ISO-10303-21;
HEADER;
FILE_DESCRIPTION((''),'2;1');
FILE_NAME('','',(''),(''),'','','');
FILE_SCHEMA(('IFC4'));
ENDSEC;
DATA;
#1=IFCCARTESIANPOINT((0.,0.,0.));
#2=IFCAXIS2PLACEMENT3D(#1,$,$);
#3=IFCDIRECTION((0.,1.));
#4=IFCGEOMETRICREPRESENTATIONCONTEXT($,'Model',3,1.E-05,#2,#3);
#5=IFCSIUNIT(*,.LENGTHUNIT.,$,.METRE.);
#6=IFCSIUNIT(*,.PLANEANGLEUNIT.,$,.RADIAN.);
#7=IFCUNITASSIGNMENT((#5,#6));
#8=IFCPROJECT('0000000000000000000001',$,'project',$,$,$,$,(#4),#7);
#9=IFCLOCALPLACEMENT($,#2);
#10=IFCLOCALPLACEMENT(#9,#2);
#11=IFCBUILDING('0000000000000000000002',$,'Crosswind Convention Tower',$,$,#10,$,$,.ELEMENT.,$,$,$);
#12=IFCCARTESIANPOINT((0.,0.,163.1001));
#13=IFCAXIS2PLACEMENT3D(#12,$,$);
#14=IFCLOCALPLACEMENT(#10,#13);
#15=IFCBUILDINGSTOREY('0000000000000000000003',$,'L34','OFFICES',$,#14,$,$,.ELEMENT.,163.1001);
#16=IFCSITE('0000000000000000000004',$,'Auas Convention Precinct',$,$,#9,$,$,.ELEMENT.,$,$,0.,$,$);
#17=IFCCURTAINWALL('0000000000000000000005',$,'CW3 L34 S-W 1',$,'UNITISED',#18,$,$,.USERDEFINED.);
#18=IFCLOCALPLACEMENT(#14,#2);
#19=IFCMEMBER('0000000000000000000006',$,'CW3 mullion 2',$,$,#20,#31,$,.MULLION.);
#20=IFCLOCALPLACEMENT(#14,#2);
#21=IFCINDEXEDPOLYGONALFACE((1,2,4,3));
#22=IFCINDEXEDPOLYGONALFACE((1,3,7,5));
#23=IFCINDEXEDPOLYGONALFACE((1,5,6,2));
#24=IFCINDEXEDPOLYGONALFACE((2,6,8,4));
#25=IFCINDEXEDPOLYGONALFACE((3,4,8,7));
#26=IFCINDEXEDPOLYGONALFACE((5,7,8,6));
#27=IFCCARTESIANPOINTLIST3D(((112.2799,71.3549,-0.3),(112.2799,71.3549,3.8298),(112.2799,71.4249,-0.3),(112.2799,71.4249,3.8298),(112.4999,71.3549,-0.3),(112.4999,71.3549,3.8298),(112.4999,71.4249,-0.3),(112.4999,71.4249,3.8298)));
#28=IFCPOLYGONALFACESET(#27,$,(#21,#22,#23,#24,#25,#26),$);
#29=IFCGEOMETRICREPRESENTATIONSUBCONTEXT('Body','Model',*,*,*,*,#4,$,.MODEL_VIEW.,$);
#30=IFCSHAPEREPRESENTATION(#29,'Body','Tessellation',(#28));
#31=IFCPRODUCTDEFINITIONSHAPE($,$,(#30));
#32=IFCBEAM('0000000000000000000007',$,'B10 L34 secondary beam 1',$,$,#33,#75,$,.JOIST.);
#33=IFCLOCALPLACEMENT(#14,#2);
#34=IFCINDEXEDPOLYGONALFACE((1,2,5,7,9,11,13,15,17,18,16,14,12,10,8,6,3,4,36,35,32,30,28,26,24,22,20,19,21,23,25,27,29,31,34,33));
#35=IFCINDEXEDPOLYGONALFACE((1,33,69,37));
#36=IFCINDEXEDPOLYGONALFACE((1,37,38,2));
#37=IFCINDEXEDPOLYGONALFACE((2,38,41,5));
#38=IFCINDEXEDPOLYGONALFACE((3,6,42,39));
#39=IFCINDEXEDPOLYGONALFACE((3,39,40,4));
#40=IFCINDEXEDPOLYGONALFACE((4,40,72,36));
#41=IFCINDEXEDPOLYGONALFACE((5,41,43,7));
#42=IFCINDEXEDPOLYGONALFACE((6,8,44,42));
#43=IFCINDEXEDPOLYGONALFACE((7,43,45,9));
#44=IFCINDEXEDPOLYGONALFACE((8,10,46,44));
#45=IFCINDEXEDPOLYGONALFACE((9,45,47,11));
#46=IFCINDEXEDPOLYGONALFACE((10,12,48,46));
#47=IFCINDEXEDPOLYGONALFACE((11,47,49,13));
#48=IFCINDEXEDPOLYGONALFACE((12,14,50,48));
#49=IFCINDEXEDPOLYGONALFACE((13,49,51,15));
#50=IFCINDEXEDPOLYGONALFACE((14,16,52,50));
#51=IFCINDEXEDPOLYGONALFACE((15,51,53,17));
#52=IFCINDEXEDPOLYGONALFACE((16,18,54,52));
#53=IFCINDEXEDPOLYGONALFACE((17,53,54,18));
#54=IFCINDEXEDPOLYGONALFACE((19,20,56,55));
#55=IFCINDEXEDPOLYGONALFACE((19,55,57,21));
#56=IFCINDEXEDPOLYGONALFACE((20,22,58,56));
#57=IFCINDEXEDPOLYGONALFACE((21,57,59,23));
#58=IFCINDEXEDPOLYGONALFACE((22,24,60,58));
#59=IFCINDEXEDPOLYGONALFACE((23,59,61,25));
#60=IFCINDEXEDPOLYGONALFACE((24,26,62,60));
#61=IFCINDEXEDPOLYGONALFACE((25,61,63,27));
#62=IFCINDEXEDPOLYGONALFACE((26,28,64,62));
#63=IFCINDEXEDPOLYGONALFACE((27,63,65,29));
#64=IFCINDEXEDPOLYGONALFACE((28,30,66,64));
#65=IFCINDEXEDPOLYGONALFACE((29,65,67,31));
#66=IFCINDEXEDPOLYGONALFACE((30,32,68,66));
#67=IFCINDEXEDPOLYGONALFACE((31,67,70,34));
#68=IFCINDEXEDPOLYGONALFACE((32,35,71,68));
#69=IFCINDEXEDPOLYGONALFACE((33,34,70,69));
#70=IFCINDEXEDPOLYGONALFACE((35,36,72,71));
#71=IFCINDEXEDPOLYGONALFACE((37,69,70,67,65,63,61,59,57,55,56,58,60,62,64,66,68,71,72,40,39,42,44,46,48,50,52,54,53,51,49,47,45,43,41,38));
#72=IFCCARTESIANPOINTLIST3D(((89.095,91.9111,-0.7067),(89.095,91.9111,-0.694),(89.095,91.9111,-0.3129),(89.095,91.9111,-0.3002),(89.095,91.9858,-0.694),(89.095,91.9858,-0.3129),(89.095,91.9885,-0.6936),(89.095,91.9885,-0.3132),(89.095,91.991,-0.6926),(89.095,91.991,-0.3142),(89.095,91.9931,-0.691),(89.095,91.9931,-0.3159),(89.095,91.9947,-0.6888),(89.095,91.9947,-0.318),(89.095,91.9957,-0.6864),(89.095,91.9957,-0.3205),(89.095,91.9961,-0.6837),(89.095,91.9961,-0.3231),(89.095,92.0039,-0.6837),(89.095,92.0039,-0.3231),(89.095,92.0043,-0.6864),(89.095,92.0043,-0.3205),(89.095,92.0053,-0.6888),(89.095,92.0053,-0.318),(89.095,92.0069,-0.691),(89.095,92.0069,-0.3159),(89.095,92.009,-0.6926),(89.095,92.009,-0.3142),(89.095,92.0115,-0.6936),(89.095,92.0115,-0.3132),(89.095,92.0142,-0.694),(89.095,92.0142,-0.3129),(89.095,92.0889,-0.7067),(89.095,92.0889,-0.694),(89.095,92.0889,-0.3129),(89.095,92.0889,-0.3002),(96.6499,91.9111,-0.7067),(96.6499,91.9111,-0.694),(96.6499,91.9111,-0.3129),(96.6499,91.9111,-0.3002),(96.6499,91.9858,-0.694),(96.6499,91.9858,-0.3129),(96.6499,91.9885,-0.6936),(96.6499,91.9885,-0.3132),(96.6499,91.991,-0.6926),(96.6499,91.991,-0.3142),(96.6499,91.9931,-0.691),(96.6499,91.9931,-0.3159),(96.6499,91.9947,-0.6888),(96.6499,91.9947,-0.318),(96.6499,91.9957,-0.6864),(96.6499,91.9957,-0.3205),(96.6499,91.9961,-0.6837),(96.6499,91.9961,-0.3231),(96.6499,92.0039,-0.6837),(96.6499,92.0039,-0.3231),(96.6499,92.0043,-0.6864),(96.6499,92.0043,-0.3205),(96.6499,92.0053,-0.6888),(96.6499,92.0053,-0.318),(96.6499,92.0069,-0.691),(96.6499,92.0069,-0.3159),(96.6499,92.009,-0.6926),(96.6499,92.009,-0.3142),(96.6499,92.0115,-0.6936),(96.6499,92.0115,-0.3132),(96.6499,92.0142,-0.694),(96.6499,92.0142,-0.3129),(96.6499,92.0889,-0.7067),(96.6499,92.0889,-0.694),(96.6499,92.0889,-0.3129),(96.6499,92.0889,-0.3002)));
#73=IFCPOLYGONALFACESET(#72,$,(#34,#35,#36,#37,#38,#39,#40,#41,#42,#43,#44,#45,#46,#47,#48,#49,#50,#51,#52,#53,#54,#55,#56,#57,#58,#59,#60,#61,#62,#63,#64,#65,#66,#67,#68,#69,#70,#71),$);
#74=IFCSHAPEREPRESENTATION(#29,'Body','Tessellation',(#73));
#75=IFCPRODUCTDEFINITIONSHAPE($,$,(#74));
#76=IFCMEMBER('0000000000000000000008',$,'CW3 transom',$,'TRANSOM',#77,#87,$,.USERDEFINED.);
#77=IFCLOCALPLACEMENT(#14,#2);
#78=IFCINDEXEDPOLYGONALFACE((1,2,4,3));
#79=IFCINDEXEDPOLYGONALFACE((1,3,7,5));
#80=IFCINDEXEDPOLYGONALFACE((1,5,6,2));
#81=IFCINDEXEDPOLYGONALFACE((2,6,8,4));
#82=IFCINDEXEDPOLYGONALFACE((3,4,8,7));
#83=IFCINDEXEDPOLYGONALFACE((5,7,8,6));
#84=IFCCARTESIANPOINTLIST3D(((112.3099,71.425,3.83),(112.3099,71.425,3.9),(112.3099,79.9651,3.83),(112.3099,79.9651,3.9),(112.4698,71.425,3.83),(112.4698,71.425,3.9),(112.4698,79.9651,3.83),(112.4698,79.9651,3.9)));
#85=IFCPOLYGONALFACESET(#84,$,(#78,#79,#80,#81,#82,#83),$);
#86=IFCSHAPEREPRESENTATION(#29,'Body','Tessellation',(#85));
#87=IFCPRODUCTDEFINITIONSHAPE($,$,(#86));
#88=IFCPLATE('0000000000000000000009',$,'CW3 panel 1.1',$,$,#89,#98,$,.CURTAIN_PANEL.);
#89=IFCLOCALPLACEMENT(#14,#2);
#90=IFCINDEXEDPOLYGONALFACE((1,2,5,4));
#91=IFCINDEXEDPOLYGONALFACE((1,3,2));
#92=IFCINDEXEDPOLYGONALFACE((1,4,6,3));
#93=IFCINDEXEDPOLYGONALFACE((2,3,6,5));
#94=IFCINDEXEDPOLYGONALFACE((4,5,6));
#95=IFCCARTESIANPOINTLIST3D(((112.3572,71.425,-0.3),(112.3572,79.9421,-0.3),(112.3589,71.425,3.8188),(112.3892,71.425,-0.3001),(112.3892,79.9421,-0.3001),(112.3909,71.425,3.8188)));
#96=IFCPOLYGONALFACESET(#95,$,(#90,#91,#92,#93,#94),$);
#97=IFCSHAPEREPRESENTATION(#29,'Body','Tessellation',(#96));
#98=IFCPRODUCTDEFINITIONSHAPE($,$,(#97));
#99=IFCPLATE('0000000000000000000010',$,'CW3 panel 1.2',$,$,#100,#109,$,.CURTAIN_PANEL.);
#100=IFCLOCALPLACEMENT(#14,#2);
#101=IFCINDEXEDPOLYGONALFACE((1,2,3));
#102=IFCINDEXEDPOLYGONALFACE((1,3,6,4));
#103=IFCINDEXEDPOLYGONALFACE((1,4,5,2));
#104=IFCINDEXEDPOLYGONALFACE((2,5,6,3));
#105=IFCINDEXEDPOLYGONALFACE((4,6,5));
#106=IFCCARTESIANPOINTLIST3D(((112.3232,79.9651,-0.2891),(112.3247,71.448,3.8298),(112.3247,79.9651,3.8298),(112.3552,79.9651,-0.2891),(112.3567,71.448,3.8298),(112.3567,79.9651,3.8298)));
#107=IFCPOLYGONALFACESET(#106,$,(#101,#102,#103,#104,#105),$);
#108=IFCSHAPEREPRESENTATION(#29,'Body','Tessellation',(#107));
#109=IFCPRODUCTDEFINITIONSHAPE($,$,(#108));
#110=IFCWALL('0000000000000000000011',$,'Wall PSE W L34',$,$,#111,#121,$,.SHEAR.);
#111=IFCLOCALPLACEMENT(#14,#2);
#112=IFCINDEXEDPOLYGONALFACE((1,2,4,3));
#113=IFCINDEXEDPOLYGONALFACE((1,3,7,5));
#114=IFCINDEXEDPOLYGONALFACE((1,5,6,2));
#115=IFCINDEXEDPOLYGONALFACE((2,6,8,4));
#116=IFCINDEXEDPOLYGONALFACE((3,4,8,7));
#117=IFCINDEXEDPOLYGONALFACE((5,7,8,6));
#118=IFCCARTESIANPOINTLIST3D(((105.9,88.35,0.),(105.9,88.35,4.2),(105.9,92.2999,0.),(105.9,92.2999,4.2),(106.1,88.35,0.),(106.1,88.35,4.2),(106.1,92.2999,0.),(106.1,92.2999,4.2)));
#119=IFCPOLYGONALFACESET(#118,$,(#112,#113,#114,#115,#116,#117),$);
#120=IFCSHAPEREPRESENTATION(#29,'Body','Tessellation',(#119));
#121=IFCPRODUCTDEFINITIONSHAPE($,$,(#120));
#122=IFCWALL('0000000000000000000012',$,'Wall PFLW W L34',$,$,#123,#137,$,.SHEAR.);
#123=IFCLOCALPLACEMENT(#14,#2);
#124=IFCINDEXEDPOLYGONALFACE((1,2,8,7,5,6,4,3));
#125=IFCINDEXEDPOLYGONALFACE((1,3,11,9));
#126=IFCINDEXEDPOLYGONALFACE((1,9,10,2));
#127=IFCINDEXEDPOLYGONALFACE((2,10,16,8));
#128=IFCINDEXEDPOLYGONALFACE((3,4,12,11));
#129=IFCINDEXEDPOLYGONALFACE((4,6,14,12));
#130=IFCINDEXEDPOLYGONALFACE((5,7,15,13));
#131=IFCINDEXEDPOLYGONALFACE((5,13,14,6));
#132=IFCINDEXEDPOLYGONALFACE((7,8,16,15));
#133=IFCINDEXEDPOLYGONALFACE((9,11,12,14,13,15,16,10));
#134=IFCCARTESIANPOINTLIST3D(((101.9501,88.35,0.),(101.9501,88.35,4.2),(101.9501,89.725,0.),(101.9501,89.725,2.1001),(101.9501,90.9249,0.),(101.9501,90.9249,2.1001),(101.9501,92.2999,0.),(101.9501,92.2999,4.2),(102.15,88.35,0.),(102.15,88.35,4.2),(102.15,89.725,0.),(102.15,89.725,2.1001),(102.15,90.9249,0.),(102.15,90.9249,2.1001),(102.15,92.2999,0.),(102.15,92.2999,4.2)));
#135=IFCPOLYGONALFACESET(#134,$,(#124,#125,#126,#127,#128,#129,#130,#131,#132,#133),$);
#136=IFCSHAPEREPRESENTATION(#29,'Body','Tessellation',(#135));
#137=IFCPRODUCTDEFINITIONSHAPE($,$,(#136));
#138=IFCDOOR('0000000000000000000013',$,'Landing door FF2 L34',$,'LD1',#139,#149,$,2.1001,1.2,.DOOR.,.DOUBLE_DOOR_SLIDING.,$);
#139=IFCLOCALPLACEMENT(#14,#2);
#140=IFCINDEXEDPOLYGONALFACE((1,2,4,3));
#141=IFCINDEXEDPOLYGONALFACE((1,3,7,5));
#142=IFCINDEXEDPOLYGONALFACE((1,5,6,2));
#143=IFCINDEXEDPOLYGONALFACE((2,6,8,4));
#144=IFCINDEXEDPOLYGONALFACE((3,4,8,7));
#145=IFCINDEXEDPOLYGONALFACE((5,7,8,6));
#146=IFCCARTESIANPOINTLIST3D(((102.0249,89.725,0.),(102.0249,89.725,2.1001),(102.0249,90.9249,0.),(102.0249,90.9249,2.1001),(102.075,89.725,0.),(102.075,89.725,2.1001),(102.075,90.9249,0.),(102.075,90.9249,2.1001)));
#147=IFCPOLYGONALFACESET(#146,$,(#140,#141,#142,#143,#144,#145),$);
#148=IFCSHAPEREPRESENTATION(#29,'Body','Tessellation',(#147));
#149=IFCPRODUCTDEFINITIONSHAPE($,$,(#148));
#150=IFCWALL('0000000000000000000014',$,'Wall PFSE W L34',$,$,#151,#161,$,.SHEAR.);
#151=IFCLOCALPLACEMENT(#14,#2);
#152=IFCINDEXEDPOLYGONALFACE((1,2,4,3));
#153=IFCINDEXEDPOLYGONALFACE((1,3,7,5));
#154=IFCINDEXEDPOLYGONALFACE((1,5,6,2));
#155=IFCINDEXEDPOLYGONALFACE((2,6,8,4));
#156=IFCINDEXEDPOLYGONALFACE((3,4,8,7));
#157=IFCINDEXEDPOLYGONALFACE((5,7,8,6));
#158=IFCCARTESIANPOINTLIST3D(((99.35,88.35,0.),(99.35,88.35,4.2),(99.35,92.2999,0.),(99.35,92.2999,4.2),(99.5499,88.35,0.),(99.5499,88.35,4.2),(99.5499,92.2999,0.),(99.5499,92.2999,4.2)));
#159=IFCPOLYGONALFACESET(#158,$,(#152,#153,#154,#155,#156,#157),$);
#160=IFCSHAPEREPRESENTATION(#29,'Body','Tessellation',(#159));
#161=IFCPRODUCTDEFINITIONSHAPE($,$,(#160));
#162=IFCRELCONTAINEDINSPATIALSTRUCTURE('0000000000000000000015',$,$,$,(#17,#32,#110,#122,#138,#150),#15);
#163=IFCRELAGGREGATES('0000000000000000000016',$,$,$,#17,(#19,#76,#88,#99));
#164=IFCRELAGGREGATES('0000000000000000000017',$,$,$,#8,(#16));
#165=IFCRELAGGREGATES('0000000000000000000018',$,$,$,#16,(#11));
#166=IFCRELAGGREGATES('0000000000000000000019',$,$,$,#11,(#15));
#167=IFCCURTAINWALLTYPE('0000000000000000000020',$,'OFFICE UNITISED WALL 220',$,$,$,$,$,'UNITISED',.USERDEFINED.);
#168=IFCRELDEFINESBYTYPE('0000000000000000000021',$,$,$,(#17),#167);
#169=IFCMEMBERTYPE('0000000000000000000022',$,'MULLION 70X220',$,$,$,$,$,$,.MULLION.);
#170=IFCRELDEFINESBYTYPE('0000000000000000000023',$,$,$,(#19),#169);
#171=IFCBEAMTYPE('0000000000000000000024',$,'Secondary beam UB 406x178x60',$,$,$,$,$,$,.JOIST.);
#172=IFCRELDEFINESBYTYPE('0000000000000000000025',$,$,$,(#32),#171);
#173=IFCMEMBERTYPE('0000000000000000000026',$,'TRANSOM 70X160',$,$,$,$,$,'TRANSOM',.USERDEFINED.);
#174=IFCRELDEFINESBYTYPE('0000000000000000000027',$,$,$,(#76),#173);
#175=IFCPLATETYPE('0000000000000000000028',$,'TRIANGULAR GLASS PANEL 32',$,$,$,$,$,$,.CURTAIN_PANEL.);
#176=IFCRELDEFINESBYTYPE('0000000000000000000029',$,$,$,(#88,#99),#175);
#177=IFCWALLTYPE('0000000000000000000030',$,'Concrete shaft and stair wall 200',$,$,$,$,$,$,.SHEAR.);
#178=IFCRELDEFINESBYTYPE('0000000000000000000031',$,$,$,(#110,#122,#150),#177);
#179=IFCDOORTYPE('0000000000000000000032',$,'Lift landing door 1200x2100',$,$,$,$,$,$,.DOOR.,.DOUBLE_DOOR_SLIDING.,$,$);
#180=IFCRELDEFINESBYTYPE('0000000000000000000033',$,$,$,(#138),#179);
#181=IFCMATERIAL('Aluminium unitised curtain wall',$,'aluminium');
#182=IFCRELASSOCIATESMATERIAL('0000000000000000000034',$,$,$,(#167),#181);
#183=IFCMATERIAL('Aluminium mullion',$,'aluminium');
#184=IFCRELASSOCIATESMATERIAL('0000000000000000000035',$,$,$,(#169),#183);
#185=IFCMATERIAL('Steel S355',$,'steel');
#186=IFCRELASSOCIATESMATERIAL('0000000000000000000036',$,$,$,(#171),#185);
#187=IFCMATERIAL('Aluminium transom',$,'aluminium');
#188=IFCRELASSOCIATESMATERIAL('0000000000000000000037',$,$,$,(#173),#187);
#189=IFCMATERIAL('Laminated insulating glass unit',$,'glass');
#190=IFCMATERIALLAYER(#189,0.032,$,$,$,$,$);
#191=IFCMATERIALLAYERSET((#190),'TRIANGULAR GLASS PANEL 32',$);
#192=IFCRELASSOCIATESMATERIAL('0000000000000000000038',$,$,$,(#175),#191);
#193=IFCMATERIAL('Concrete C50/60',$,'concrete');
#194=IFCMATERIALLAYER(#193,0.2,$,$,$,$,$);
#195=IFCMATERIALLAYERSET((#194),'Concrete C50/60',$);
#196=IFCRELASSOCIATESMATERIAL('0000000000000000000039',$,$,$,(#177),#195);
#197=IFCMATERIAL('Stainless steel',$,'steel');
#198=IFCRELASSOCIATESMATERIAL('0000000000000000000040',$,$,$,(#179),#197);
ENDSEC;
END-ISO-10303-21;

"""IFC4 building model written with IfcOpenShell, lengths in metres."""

from ifc_helpers import new_model, si_unit, direction, frame, frame_2d, origin, origin_2d, place, context, subcontext, project, spatial, polyline, rectangle, i_section, outline, extrude, material, layer, layer_set, material_profile, profile_set, type_object, element, fill, aggregate, save


model = new_model("IFC4")

# Units and contexts
model_context = context("Model", 3, precision=1e-05, world=origin(), true_north=direction((0.0, 1.0)))
body_context = subcontext(model_context, "Body", "Model", "MODEL_VIEW")
ifc_project = project(units=[si_unit("LENGTHUNIT", "METRE"), si_unit("PLANEANGLEUNIT", "RADIAN")], contexts=[model_context])

# Site, building, storey
site_placement = place(None, origin())
site = spatial("IfcSite", under=ifc_project, at=site_placement, Name="Auas Convention Precinct", CompositionType="ELEMENT", RefElevation=0.0)
building_placement = place(site_placement, origin())
building = spatial("IfcBuilding", under=site, at=building_placement, Name="Crosswind Convention Tower", CompositionType="ELEMENT")
storey_placement = place(building_placement, frame((0.0, 0.0, 163.1001)))
storey = spatial("IfcBuildingStorey", under=building, at=storey_placement, Name="L34", Description="OFFICES", CompositionType="ELEMENT", Elevation=163.1001)

# Shared definitions
ifc_material_1 = material(Name="Steel S355", Category="steel")

# Shared definitions
ifc_material_2 = material(Name="Aluminium unitised curtain wall", Category="aluminium")
ifc_material_3 = material(Name="Aluminium mullion", Category="aluminium")

# Curtain wall, member
curtain_wall_type_1 = type_object("IfcCurtainWallType", Name="OFFICE UNITISED WALL 220", ElementType="UNITISED", PredefinedType="USERDEFINED", material=ifc_material_2)
curtain_wall_1_placement = place(storey_placement, origin())
curtain_wall_1 = element("IfcCurtainWall", 1, at=curtain_wall_1_placement, inside=storey, type_object=curtain_wall_type_1, Name="CW3 L34 S-W 1", ObjectType="UNITISED", PredefinedType="USERDEFINED")
ifc_material_profile_1 = material_profile(ifc_material_3, rectangle(XDim=0.22, YDim=0.0701, at=origin_2d()), Name="AL 220X70")
ifc_profile_set_1 = profile_set([ifc_material_profile_1], Name="Aluminium mullion")
member_type_1 = type_object("IfcMemberType", Name="MULLION 70X220", PredefinedType="MULLION", material=ifc_profile_set_1)
member_1_placement = place(storey_placement, frame((112.3899, 71.3899, -0.3), z_axis=(0.0, 0.0, 1.0), x_axis=(-1.0, 0.0, 0.0)))
member_1 = element("IfcMember", 2, at=member_1_placement, type_object=member_type_1, Name="CW3 mullion 2", PredefinedType="MULLION", context=body_context, shape_type="SweptSolid", body=[
    extrude(rectangle(XDim=0.22, YDim=0.0701, at=origin_2d()), origin(), (0.0, 0.0, 1.0), 4.1299),
])

# Beam
ifc_material_profile_2 = material_profile(ifc_material_1, i_section(OverallWidth=0.1777, OverallDepth=0.4065, WebThickness=0.0078, FlangeThickness=0.0127, FilletRadius=0.0103, at=origin_2d()), Name="UB 406x178x60")
ifc_profile_set_2 = profile_set([ifc_material_profile_2], Name="Steel S355")
beam_type_1 = type_object("IfcBeamType", Name="Secondary beam UB 406x178x60", PredefinedType="JOIST", material=ifc_profile_set_2)
beam_1_placement = place(storey_placement, frame((89.095, 92.0, -0.5034), z_axis=(1.0, 0.0, 0.0), x_axis=(0.0, 1.0, 0.0)))
element("IfcBeam", 3, at=beam_1_placement, inside=storey, type_object=beam_type_1, Name="B10 L34 secondary beam 1", PredefinedType="JOIST", context=body_context, shape_type="SweptSolid", body=[
    extrude(i_section(OverallWidth=0.1777, OverallDepth=0.4065, WebThickness=0.0078, FlangeThickness=0.0127, FilletRadius=0.0103, at=origin_2d()), origin(), (0.0, 0.0, 1.0), 7.5549),
])

# Member
ifc_material_4 = material(Name="Aluminium transom", Category="aluminium")
ifc_material_profile_3 = material_profile(ifc_material_4, rectangle(XDim=0.1599, YDim=0.0701, at=origin_2d()), Name="AL 160X70")
ifc_profile_set_3 = profile_set([ifc_material_profile_3], Name="Aluminium transom")
member_type_2 = type_object("IfcMemberType", Name="TRANSOM 70X160", ElementType="TRANSOM", PredefinedType="USERDEFINED", material=ifc_profile_set_3)
member_2_placement = place(storey_placement, frame((112.3899, 79.9651, 3.865), z_axis=(0.0, -1.0, 0.0), x_axis=(1.0, 0.0, 0.0)))
member_2 = element("IfcMember", 4, at=member_2_placement, type_object=member_type_2, Name="CW3 transom", ObjectType="TRANSOM", PredefinedType="USERDEFINED", context=body_context, shape_type="SweptSolid", body=[
    extrude(rectangle(XDim=0.1599, YDim=0.0701, at=origin_2d()), origin(), (0.0, 0.0, 1.0), 8.54),
])

# Plates
ifc_material_5 = material(Name="Laminated insulating glass unit", Category="glass")
ifc_layer_1 = layer(ifc_material_5, 0.032)
ifc_layer_set_1 = layer_set([ifc_layer_1], Name="TRIANGULAR GLASS PANEL 32")
plate_type = type_object("IfcPlateType", Name="TRIANGULAR GLASS PANEL 32", PredefinedType="CURTAIN_PANEL", material=ifc_layer_set_1)
plate_1_placement = place(storey_placement, frame((112.3572, 71.425, -0.3), z_axis=(-1.0, 0.0, 0.000415), x_axis=(0.000415, 0.0, 1.0)))
plate_1 = element("IfcPlate", 5, at=plate_1_placement, type_object=plate_type, Name="CW3 panel 1.1", PredefinedType="CURTAIN_PANEL", context=body_context, shape_type="SweptSolid", body=[
    extrude(outline(polyline([(0.0, 0.0), (4.1189, 0.0), (0.0, 8.5171), (0.0, 0.0)])), origin(), (0.0, 0.0, -1.0), 0.032),
])
plate_2_placement = place(storey_placement, frame((112.3247, 79.9651, 3.8298), z_axis=(-1.0, 0.0, 0.000356), x_axis=(-0.000356, 0.0, -1.0)))
plate_2 = element("IfcPlate", 6, at=plate_2_placement, type_object=plate_type, Name="CW3 panel 1.2", PredefinedType="CURTAIN_PANEL", context=body_context, shape_type="SweptSolid", body=[
    extrude(outline(polyline([(0.0, 0.0), (4.1189, 0.0), (0.0, 8.5171), (0.0, 0.0)])), origin(), (0.0, 0.0, -1.0), 0.032),
])

# Wall
ifc_material_6 = material(Name="Concrete C50/60", Category="concrete")
ifc_layer_2 = layer(ifc_material_6, 0.2)
ifc_layer_set_2 = layer_set([ifc_layer_2], Name="Concrete C50/60")
wall_type_1 = type_object("IfcWallType", Name="Concrete shaft and stair wall 200", PredefinedType="SHEAR", material=ifc_layer_set_2)
wall_1_placement = place(storey_placement, frame((106.0, 92.3, 0.0), z_axis=(0.0, 0.0, 1.0), x_axis=(0.0, -1.0, 0.0)))
element("IfcWall", 7, at=wall_1_placement, inside=storey, type_object=wall_type_1, Name="Wall PSE W L34", PredefinedType="SHEAR", context=body_context, shape_type="SweptSolid", body=[
    extrude(rectangle(XDim=3.95, YDim=0.2, at=frame_2d((1.9751, 0.0))), origin(), (0.0, 0.0, 1.0), 4.2),
])

# Wall, opening, door
wall_2_placement = place(storey_placement, frame((102.05, 92.3, 0.0), z_axis=(0.0, 0.0, 1.0), x_axis=(0.0, -1.0, 0.0)))
wall_2 = element("IfcWall", 8, at=wall_2_placement, inside=storey, type_object=wall_type_1, Name="Wall PFLW W L34", PredefinedType="SHEAR", context=body_context, shape_type="SweptSolid", body=[
    extrude(rectangle(XDim=3.95, YDim=0.2, at=frame_2d((1.9751, 0.0))), origin(), (0.0, 0.0, 1.0), 4.2),
])
opening_1_placement = place(wall_2_placement, frame((1.375, 0.0, 0.0)))
opening_1 = element("IfcOpeningElement", 9, at=opening_1_placement, cuts=wall_2, PredefinedType="OPENING", context=body_context, shape_type="SweptSolid", body=[
    extrude(rectangle(XDim=1.2, YDim=2.1001, at=frame_2d((0.6001, 1.05))), frame((0.0, 0.1099, 0.0), z_axis=(0.0, -1.0, 0.0), x_axis=(1.0, 0.0, 0.0)), (0.0, 0.0, 1.0), 0.22),
])
ifc_material_7 = material(Name="Stainless steel", Category="steel")
door_type_1 = type_object("IfcDoorType", Name="Lift landing door 1200x2100", OperationType="DOUBLE_DOOR_SLIDING", PredefinedType="DOOR", material=ifc_material_7)
door_1_placement = place(opening_1_placement, origin())
door_1 = element("IfcDoor", 10, at=door_1_placement, inside=storey, type_object=door_type_1, Name="Landing door FF2 L34", ObjectType="LD1", OperationType="DOUBLE_DOOR_SLIDING", OverallHeight=2.1001, OverallWidth=1.2, PredefinedType="DOOR", context=body_context, shape_type="SweptSolid", body=[
    extrude(rectangle(XDim=1.2, YDim=2.1001, at=frame_2d((0.6001, 1.05))), frame((0.0, 0.0249, 0.0), z_axis=(0.0, -1.0, 0.0), x_axis=(1.0, 0.0, 0.0)), (0.0, 0.0, 1.0), 0.05),
])
fill(opening_1, door_1)

# Wall
wall_3_placement = place(storey_placement, frame((99.45, 92.3, 0.0), z_axis=(0.0, 0.0, 1.0), x_axis=(0.0, -1.0, 0.0)))
element("IfcWall", 11, at=wall_3_placement, inside=storey, type_object=wall_type_1, Name="Wall PFSE W L34", PredefinedType="SHEAR", context=body_context, shape_type="SweptSolid", body=[
    extrude(rectangle(XDim=3.95, YDim=0.2, at=frame_2d((1.9751, 0.0))), origin(), (0.0, 0.0, 1.0), 4.2),
])

aggregate(curtain_wall_1, [member_1, member_2, plate_1, plate_2])

save(model, "model.ifc")
